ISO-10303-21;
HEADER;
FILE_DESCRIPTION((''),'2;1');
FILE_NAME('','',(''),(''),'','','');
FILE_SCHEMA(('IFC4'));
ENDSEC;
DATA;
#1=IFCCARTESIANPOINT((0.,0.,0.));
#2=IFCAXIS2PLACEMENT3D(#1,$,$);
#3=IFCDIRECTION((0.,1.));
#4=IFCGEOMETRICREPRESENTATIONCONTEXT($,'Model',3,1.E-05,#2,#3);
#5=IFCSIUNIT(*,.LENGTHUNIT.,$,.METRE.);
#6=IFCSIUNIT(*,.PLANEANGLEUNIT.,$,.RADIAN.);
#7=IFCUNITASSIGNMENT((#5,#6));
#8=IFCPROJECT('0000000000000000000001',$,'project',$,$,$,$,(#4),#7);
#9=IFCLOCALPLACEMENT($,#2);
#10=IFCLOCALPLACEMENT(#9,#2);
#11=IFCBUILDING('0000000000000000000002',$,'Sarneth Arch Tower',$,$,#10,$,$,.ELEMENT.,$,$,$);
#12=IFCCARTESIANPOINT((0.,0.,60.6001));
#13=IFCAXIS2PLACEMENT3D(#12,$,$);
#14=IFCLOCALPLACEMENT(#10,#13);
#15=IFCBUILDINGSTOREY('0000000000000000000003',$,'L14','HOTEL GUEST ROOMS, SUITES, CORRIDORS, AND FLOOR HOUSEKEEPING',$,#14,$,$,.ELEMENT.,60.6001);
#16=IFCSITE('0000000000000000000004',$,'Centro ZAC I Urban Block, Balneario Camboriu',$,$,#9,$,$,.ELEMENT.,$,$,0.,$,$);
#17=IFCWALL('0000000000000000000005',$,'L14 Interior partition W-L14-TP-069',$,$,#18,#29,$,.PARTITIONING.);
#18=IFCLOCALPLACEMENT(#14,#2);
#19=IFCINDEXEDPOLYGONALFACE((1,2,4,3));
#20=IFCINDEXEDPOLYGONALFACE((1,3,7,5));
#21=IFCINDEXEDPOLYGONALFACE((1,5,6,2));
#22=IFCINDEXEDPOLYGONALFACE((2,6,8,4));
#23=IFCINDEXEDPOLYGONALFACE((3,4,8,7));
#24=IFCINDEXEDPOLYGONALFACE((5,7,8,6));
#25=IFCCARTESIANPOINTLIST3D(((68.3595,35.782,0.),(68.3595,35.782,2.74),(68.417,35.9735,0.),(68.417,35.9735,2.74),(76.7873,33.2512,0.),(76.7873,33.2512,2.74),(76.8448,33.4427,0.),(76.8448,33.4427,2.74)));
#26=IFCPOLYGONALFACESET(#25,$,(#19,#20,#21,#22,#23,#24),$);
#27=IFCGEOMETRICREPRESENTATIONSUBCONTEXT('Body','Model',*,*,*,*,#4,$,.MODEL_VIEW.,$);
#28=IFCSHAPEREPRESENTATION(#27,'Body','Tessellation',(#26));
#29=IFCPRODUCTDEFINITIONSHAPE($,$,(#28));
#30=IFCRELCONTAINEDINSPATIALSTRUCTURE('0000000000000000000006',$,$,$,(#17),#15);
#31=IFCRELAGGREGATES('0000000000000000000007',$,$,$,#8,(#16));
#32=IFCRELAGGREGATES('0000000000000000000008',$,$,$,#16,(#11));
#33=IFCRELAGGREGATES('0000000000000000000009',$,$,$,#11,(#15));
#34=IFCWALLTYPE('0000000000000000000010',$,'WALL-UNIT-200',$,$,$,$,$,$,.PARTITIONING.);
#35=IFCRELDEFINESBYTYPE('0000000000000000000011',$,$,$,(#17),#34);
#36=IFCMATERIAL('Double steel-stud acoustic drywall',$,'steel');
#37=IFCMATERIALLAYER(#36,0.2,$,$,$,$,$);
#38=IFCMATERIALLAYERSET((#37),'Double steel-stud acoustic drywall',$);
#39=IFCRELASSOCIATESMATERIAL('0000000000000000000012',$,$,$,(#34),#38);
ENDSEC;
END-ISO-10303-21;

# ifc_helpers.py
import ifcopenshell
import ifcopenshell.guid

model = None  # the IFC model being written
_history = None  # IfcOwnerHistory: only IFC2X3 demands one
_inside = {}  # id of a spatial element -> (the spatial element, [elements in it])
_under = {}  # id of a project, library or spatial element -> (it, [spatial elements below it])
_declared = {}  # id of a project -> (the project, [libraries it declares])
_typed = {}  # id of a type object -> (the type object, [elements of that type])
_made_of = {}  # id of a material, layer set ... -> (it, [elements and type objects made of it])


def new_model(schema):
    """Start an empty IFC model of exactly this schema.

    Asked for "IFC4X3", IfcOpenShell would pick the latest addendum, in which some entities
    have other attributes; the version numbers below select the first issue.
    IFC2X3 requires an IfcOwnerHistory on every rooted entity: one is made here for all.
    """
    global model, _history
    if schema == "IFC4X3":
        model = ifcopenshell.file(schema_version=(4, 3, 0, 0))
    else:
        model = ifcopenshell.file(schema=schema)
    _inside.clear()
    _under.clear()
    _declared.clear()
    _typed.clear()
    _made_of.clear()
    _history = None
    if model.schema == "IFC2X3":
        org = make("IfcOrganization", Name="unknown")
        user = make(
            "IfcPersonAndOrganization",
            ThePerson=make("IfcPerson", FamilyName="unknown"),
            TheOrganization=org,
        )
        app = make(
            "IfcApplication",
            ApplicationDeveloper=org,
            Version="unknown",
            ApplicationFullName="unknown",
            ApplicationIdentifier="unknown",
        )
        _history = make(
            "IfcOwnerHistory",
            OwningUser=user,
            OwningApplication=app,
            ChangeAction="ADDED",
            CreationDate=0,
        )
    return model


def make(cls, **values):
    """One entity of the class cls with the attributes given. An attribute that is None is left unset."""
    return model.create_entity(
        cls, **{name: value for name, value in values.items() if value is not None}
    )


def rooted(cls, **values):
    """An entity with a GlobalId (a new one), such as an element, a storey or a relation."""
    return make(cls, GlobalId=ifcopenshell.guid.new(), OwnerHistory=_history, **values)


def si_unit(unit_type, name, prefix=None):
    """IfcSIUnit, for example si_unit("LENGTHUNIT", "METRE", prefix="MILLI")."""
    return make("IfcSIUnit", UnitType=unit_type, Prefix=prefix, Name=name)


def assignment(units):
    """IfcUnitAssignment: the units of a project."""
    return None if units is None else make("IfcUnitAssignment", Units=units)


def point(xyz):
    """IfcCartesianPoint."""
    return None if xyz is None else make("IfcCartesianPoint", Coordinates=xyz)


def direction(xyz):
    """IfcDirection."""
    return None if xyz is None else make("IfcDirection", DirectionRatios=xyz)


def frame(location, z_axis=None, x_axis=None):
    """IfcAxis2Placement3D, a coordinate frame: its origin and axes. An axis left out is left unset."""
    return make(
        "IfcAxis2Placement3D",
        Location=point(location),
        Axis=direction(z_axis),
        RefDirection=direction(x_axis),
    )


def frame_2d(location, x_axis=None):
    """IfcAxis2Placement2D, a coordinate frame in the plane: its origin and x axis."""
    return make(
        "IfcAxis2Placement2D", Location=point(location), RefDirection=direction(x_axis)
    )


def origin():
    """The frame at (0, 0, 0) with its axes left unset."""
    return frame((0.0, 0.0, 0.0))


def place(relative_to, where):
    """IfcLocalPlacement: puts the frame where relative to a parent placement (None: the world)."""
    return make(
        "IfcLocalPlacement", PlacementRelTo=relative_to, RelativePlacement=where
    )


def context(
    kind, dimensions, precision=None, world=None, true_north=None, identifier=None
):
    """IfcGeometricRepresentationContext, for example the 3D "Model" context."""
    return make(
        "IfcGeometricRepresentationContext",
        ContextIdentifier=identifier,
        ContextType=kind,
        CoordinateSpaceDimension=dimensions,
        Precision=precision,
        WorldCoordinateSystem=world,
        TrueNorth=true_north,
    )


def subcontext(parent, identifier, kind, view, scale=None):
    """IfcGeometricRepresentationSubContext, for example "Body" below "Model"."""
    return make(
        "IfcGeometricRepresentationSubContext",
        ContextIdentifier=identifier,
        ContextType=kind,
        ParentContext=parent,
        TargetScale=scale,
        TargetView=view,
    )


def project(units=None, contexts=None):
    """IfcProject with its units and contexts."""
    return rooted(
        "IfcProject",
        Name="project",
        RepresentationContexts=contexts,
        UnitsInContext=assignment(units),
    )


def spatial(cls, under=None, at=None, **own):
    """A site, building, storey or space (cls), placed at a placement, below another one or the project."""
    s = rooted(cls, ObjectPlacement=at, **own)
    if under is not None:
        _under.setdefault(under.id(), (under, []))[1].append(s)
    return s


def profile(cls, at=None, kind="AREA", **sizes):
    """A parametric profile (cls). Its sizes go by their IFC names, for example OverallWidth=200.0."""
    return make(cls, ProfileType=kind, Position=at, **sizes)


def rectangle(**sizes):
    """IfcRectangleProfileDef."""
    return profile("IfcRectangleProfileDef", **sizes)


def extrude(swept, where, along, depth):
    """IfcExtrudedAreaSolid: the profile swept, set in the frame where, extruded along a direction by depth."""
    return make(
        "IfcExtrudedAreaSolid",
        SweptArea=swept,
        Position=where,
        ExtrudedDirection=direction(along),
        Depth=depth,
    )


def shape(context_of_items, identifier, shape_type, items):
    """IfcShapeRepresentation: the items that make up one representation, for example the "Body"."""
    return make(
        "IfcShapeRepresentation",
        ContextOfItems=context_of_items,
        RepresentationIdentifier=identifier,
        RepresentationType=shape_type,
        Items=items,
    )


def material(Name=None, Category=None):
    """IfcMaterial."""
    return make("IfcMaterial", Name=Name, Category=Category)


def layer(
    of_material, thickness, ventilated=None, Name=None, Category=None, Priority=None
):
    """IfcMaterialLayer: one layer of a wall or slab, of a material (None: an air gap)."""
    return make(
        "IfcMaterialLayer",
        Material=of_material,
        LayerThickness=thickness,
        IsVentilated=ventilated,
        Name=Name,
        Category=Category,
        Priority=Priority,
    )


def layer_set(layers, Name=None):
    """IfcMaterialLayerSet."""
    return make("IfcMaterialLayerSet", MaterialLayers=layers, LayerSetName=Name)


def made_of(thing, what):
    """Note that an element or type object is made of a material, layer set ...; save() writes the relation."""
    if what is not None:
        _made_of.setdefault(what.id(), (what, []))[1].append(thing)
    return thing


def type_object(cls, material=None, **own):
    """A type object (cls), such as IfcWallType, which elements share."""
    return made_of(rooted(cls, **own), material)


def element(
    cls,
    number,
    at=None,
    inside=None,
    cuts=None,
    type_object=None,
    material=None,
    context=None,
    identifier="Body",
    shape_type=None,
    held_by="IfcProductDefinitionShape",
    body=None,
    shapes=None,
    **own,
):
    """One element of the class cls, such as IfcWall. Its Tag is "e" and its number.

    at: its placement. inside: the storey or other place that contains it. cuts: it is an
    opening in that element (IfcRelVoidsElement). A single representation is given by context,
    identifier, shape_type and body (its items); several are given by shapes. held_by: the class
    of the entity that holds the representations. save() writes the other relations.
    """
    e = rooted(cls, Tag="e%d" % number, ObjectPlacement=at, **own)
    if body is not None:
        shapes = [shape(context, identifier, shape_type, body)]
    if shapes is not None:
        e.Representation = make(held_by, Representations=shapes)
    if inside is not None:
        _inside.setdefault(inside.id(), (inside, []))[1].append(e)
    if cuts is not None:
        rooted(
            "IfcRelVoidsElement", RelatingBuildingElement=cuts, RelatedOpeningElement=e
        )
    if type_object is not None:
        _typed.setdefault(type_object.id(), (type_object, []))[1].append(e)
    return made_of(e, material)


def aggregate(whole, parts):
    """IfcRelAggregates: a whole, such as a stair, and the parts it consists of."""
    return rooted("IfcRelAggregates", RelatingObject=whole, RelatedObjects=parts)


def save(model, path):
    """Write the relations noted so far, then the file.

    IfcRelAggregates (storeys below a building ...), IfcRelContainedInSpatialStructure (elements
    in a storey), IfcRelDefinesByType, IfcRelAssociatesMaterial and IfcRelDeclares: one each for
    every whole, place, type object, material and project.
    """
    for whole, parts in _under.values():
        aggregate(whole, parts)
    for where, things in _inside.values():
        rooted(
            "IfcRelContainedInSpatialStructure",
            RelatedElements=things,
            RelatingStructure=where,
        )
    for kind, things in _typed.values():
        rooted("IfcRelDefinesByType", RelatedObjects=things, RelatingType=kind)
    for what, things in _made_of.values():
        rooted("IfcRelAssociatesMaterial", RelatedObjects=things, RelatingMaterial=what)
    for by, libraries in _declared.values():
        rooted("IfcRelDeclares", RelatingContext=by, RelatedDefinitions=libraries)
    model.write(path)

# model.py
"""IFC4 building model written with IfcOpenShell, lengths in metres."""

from ifc_helpers import new_model, si_unit, direction, frame, frame_2d, origin, place, context, subcontext, project, spatial, rectangle, extrude, material, layer, layer_set, type_object, element, save


model = new_model("IFC4")

# Units and contexts
model_context = context("Model", 3, precision=1e-05, world=origin(), true_north=direction((0.0, 1.0)))
body_context = subcontext(model_context, "Body", "Model", "MODEL_VIEW")
ifc_project = project(units=[si_unit("LENGTHUNIT", "METRE"), si_unit("PLANEANGLEUNIT", "RADIAN")], contexts=[model_context])

# Site, building, storey
site_placement = place(None, origin())
site = spatial("IfcSite", under=ifc_project, at=site_placement, Name="Centro ZAC I Urban Block, Balneario Camboriu", CompositionType="ELEMENT", RefElevation=0.0)
building_placement = place(site_placement, origin())
building = spatial("IfcBuilding", under=site, at=building_placement, Name="Sarneth Arch Tower", CompositionType="ELEMENT")
storey_placement = place(building_placement, frame((0.0, 0.0, 60.6001)))
storey = spatial("IfcBuildingStorey", under=building, at=storey_placement, Name="L14", Description="HOTEL GUEST ROOMS, SUITES, CORRIDORS, AND FLOOR HOUSEKEEPING", CompositionType="ELEMENT", Elevation=60.6001)

# Wall
ifc_material_1 = material(Name="Double steel-stud acoustic drywall", Category="steel")
ifc_layer_1 = layer(ifc_material_1, 0.2)
ifc_layer_set_1 = layer_set([ifc_layer_1], Name="Double steel-stud acoustic drywall")
wall_type_1 = type_object("IfcWallType", Name="WALL-UNIT-200", PredefinedType="PARTITIONING", material=ifc_layer_set_1)
wall_1_placement = place(storey_placement, frame((76.8162, 33.3469, 0.0), z_axis=(0.0, 0.0, 1.0), x_axis=(-0.95775, 0.287602, 0.0)))
element("IfcWall", 1, at=wall_1_placement, inside=storey, type_object=wall_type_1, Name="L14 Interior partition W-L14-TP-069", PredefinedType="PARTITIONING", context=body_context, shape_type="SweptSolid", body=[
    extrude(rectangle(XDim=8.7996, YDim=0.2, at=frame_2d((4.3999, 0.0))), origin(), (0.0, 0.0, 1.0), 2.74),
])

save(model, "model.ifc")
